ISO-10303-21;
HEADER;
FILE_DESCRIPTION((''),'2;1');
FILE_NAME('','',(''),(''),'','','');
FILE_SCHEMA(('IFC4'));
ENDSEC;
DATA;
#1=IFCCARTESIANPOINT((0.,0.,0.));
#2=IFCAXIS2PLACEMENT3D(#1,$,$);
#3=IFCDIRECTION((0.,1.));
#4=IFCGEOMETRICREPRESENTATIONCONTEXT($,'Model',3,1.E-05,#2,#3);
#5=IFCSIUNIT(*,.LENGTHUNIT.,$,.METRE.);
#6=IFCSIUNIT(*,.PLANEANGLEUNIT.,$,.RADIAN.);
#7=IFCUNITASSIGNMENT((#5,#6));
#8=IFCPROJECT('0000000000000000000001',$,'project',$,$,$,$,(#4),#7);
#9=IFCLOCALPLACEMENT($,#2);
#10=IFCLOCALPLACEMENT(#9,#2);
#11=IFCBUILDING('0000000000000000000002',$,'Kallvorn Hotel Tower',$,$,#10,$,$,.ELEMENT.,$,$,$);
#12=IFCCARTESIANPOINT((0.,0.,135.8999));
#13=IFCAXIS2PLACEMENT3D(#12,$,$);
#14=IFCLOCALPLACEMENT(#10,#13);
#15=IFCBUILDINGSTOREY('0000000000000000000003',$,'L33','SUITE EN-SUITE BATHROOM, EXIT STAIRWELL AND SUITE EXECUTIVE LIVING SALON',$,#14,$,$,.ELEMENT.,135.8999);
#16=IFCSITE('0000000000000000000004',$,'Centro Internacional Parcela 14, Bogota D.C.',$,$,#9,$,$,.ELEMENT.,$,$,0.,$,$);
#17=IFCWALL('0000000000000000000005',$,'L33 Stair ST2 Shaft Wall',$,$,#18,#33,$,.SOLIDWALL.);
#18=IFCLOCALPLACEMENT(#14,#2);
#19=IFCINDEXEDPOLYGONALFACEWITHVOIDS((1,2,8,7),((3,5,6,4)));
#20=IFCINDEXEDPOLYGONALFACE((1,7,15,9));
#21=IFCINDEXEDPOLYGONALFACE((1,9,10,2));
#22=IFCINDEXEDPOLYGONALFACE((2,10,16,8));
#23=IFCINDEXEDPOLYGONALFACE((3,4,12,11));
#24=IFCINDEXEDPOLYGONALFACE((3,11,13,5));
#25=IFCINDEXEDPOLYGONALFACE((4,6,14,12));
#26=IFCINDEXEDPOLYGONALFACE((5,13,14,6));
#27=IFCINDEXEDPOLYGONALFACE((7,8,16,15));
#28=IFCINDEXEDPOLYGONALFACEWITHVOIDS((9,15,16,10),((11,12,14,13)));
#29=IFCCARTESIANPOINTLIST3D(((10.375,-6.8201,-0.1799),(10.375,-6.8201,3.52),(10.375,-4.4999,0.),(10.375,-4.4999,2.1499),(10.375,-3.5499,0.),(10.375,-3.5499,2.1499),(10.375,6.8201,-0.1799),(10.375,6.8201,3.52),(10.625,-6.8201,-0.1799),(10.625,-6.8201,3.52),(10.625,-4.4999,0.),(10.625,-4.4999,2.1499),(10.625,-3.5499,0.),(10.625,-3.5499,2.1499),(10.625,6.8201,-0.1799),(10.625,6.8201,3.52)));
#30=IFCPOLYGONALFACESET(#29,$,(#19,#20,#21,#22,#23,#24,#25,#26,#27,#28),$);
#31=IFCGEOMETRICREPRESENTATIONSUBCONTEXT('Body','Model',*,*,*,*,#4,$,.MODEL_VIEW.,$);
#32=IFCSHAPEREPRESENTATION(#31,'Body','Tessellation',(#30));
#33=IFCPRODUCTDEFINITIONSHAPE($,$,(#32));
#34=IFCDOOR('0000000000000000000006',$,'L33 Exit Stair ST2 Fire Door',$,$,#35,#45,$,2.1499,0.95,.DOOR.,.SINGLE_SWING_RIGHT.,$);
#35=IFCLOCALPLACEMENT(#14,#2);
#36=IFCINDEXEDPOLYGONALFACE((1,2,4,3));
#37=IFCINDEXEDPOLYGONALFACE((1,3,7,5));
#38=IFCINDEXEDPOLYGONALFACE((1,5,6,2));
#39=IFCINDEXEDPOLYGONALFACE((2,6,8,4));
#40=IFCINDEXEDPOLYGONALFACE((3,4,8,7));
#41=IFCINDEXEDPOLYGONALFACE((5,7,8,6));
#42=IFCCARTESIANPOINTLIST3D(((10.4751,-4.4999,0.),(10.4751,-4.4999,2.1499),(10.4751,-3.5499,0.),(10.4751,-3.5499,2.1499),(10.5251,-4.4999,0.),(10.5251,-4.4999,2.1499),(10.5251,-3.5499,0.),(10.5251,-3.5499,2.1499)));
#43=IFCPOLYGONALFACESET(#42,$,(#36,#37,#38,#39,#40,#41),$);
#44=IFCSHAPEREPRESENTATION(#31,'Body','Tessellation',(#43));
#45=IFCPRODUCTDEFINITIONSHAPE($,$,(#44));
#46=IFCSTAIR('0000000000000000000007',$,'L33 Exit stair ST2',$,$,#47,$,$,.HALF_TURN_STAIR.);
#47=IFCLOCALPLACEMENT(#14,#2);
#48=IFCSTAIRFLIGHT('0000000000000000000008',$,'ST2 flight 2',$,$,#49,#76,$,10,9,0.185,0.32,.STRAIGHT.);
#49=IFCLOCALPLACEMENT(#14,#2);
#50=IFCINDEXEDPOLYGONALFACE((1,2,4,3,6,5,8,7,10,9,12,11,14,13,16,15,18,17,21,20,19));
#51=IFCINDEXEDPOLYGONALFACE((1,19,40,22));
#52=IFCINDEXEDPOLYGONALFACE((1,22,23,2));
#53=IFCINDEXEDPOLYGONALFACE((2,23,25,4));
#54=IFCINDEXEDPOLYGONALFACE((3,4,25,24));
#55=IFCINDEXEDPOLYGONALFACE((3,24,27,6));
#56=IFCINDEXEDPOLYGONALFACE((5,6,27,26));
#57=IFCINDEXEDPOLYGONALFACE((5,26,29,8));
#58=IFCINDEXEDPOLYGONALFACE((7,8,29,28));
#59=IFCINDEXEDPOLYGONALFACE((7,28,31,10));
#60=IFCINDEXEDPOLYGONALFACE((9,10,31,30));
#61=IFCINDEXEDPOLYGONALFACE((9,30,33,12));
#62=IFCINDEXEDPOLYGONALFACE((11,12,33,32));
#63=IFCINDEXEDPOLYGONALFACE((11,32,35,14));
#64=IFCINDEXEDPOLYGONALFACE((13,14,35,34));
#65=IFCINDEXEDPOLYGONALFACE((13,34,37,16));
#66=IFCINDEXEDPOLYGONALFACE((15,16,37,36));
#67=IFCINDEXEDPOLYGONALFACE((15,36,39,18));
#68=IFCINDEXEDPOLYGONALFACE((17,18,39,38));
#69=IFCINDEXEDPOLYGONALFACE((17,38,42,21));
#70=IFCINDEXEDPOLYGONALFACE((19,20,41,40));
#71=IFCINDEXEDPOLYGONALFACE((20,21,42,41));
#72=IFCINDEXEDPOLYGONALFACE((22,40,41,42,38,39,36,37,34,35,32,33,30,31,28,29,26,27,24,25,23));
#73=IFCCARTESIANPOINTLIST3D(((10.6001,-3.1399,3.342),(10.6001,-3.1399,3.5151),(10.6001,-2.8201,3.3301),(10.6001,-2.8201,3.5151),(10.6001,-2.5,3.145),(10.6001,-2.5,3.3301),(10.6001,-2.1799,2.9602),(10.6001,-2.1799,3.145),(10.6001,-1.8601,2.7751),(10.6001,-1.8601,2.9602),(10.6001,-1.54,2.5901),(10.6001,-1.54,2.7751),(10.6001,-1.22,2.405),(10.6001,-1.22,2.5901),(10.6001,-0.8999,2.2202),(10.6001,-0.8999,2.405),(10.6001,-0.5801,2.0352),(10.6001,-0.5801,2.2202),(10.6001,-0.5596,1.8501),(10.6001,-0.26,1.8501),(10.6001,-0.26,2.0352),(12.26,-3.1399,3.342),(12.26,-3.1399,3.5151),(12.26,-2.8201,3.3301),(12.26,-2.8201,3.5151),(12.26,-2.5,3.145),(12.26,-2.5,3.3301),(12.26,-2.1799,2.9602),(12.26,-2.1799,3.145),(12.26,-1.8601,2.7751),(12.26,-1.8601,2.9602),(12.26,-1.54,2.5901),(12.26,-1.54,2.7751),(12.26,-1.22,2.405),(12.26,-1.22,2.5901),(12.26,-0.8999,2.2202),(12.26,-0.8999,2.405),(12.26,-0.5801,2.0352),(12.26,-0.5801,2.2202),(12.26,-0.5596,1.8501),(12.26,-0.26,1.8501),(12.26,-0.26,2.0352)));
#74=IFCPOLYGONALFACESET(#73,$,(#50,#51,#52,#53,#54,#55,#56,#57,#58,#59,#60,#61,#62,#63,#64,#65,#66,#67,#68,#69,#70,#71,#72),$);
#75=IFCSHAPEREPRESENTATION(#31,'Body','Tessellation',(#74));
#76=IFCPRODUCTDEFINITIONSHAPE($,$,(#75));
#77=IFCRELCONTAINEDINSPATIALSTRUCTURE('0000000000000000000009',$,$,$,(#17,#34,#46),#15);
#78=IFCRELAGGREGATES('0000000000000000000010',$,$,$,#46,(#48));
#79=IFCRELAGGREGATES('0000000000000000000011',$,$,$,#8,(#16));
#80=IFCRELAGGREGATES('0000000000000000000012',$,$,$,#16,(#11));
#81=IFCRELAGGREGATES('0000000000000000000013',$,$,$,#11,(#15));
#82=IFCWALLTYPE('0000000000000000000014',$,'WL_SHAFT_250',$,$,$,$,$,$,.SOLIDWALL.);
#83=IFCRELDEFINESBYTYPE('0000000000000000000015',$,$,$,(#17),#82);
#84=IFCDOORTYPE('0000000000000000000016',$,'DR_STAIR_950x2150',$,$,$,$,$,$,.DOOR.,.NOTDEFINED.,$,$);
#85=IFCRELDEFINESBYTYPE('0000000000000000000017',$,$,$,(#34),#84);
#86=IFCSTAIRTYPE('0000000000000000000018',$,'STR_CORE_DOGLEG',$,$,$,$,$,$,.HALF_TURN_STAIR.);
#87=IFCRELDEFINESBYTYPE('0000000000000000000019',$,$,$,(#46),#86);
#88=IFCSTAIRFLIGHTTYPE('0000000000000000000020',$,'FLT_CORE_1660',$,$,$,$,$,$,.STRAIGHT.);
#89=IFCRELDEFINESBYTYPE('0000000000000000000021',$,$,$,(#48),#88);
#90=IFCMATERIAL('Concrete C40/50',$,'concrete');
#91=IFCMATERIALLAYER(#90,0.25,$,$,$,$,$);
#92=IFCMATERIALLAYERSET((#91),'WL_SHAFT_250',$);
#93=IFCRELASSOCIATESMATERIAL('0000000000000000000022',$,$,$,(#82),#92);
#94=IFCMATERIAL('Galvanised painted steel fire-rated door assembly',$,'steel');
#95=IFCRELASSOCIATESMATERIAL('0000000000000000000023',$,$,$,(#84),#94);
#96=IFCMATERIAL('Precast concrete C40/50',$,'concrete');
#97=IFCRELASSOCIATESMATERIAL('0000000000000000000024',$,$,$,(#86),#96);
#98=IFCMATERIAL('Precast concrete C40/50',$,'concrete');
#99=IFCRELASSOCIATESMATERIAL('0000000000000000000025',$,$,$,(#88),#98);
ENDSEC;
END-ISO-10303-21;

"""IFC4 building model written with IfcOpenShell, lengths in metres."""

from ifc_helpers import new_model, si_unit, direction, frame, frame_2d, origin, place, context, subcontext, project, spatial, polyline, rectangle, outline, extrude, material, layer, layer_set, type_object, element, fill, aggregate, save


model = new_model("IFC4")

# Units and contexts
model_context = context("Model", 3, precision=1e-05, world=origin(), true_north=direction((0.0, 1.0)))
body_context = subcontext(model_context, "Body", "Model", "MODEL_VIEW")
ifc_project = project(units=[si_unit("LENGTHUNIT", "METRE"), si_unit("PLANEANGLEUNIT", "RADIAN")], contexts=[model_context])

# Site, building, storey
site_placement = place(None, origin())
site = spatial("IfcSite", under=ifc_project, at=site_placement, Name="Centro Internacional Parcela 14, Bogota D.C.", CompositionType="ELEMENT", RefElevation=0.0)
building_placement = place(site_placement, origin())
building = spatial("IfcBuilding", under=site, at=building_placement, Name="Kallvorn Hotel Tower", CompositionType="ELEMENT")
storey_placement = place(building_placement, frame((0.0, 0.0, 135.8999)))
storey = spatial("IfcBuildingStorey", under=building, at=storey_placement, Name="L33", Description="SUITE EN-SUITE BATHROOM, EXIT STAIRWELL AND SUITE EXECUTIVE LIVING SALON", CompositionType="ELEMENT", Elevation=135.8999)

# Wall, opening, door
ifc_material_1 = material(Name="Concrete C40/50", Category="concrete")
ifc_layer_1 = layer(ifc_material_1, 0.25)
ifc_layer_set_1 = layer_set([ifc_layer_1], Name="WL_SHAFT_250")
wall_type_1 = type_object("IfcWallType", Name="WL_SHAFT_250", PredefinedType="SOLIDWALL", material=ifc_layer_set_1)
wall_1_placement = place(storey_placement, frame((10.5, -6.8201, -0.1799), z_axis=(0.0, 0.0, 1.0), x_axis=(0.0, 1.0, 0.0)))
wall_1 = element("IfcWall", 1, at=wall_1_placement, inside=storey, type_object=wall_type_1, Name="L33 Stair ST2 Shaft Wall", PredefinedType="SOLIDWALL", context=body_context, shape_type="SweptSolid", body=[
    extrude(rectangle(XDim=13.6401, YDim=0.25, at=frame_2d((6.8201, 0.0))), origin(), (0.0, 0.0, 1.0), 3.7),
])
opening_1_placement = place(wall_1_placement, frame((2.3201, 0.0, 0.1799)))
opening_1 = element("IfcOpeningElement", 2, at=opening_1_placement, cuts=wall_1, PredefinedType="OPENING", context=body_context, shape_type="SweptSolid", body=[
    extrude(rectangle(XDim=0.95, YDim=2.1499, at=frame_2d((0.4751, 1.075))), frame((0.0, 0.1399, 0.0), z_axis=(0.0, -1.0, 0.0), x_axis=(1.0, 0.0, 0.0)), (0.0, 0.0, 1.0), 0.28),
])
ifc_material_2 = material(Name="Galvanised painted steel fire-rated door assembly", Category="steel")
door_type_1 = type_object("IfcDoorType", Name="DR_STAIR_950x2150", OperationType="NOTDEFINED", PredefinedType="DOOR", material=ifc_material_2)
door_1_placement = place(opening_1_placement, origin())
door_1 = element("IfcDoor", 3, at=door_1_placement, inside=storey, type_object=door_type_1, Name="L33 Exit Stair ST2 Fire Door", OperationType="SINGLE_SWING_RIGHT", OverallHeight=2.1499, OverallWidth=0.95, PredefinedType="DOOR", context=body_context, shape_type="SweptSolid", body=[
    extrude(rectangle(XDim=0.95, YDim=2.1499, at=frame_2d((0.4751, 1.075))), frame((0.0, 0.0249, 0.0), z_axis=(0.0, -1.0, 0.0), x_axis=(1.0, 0.0, 0.0)), (0.0, 0.0, 1.0), 0.05),
])
fill(opening_1, door_1)

# Stair, stair flight
ifc_material_3 = material(Name="Precast concrete C40/50", Category="concrete")
stair_type = type_object("IfcStairType", Name="STR_CORE_DOGLEG", PredefinedType="HALF_TURN_STAIR", material=ifc_material_3)
stair_placement = place(storey_placement, origin())
stair = element("IfcStair", 4, at=stair_placement, inside=storey, type_object=stair_type, Name="L33 Exit stair ST2", PredefinedType="HALF_TURN_STAIR")
ifc_material_4 = material(Name="Precast concrete C40/50", Category="concrete")
stair_flight_type = type_object("IfcStairFlightType", Name="FLT_CORE_1660", PredefinedType="STRAIGHT", material=ifc_material_4)
stair_flight_placement = place(storey_placement, frame((11.4299, -0.26, 1.8501), z_axis=(0.0, 0.0, 1.0), x_axis=(0.0, -1.0, 0.0)))
stair_flight = element("IfcStairFlight", 5, at=stair_flight_placement, type_object=stair_flight_type, Name="ST2 flight 2", NumberOfRisers=10, NumberOfTreads=9, PredefinedType="STRAIGHT", RiserHeight=0.185, TreadLength=0.32, context=body_context, shape_type="SweptSolid", body=[
    extrude(outline(polyline([(0.0, 0.0), (0.0, 0.1851), (0.3201, 0.1851), (0.3201, 0.3701), (0.6399, 0.3701), (0.6399, 0.5549), (0.96, 0.5549), (0.96, 0.74), (1.28, 0.74), (1.28, 0.925), (1.6001, 0.925), (1.6001, 1.1101), (1.9199, 1.1101), (1.9199, 1.2949), (2.24, 1.2949), (2.24, 1.48), (2.5601, 1.48), (2.5601, 1.665), (2.8799, 1.665), (2.8799, 1.8501), (2.8799, 1.4919), (0.2996, 0.0), (0.0, 0.0)])), frame((0.0, 0.8301, 0.0), z_axis=(0.0, -1.0, 0.0), x_axis=(1.0, 0.0, 0.0)), (0.0, 0.0, 1.0), 1.6599),
])
aggregate(stair, [stair_flight])

save(model, "model.ifc")
